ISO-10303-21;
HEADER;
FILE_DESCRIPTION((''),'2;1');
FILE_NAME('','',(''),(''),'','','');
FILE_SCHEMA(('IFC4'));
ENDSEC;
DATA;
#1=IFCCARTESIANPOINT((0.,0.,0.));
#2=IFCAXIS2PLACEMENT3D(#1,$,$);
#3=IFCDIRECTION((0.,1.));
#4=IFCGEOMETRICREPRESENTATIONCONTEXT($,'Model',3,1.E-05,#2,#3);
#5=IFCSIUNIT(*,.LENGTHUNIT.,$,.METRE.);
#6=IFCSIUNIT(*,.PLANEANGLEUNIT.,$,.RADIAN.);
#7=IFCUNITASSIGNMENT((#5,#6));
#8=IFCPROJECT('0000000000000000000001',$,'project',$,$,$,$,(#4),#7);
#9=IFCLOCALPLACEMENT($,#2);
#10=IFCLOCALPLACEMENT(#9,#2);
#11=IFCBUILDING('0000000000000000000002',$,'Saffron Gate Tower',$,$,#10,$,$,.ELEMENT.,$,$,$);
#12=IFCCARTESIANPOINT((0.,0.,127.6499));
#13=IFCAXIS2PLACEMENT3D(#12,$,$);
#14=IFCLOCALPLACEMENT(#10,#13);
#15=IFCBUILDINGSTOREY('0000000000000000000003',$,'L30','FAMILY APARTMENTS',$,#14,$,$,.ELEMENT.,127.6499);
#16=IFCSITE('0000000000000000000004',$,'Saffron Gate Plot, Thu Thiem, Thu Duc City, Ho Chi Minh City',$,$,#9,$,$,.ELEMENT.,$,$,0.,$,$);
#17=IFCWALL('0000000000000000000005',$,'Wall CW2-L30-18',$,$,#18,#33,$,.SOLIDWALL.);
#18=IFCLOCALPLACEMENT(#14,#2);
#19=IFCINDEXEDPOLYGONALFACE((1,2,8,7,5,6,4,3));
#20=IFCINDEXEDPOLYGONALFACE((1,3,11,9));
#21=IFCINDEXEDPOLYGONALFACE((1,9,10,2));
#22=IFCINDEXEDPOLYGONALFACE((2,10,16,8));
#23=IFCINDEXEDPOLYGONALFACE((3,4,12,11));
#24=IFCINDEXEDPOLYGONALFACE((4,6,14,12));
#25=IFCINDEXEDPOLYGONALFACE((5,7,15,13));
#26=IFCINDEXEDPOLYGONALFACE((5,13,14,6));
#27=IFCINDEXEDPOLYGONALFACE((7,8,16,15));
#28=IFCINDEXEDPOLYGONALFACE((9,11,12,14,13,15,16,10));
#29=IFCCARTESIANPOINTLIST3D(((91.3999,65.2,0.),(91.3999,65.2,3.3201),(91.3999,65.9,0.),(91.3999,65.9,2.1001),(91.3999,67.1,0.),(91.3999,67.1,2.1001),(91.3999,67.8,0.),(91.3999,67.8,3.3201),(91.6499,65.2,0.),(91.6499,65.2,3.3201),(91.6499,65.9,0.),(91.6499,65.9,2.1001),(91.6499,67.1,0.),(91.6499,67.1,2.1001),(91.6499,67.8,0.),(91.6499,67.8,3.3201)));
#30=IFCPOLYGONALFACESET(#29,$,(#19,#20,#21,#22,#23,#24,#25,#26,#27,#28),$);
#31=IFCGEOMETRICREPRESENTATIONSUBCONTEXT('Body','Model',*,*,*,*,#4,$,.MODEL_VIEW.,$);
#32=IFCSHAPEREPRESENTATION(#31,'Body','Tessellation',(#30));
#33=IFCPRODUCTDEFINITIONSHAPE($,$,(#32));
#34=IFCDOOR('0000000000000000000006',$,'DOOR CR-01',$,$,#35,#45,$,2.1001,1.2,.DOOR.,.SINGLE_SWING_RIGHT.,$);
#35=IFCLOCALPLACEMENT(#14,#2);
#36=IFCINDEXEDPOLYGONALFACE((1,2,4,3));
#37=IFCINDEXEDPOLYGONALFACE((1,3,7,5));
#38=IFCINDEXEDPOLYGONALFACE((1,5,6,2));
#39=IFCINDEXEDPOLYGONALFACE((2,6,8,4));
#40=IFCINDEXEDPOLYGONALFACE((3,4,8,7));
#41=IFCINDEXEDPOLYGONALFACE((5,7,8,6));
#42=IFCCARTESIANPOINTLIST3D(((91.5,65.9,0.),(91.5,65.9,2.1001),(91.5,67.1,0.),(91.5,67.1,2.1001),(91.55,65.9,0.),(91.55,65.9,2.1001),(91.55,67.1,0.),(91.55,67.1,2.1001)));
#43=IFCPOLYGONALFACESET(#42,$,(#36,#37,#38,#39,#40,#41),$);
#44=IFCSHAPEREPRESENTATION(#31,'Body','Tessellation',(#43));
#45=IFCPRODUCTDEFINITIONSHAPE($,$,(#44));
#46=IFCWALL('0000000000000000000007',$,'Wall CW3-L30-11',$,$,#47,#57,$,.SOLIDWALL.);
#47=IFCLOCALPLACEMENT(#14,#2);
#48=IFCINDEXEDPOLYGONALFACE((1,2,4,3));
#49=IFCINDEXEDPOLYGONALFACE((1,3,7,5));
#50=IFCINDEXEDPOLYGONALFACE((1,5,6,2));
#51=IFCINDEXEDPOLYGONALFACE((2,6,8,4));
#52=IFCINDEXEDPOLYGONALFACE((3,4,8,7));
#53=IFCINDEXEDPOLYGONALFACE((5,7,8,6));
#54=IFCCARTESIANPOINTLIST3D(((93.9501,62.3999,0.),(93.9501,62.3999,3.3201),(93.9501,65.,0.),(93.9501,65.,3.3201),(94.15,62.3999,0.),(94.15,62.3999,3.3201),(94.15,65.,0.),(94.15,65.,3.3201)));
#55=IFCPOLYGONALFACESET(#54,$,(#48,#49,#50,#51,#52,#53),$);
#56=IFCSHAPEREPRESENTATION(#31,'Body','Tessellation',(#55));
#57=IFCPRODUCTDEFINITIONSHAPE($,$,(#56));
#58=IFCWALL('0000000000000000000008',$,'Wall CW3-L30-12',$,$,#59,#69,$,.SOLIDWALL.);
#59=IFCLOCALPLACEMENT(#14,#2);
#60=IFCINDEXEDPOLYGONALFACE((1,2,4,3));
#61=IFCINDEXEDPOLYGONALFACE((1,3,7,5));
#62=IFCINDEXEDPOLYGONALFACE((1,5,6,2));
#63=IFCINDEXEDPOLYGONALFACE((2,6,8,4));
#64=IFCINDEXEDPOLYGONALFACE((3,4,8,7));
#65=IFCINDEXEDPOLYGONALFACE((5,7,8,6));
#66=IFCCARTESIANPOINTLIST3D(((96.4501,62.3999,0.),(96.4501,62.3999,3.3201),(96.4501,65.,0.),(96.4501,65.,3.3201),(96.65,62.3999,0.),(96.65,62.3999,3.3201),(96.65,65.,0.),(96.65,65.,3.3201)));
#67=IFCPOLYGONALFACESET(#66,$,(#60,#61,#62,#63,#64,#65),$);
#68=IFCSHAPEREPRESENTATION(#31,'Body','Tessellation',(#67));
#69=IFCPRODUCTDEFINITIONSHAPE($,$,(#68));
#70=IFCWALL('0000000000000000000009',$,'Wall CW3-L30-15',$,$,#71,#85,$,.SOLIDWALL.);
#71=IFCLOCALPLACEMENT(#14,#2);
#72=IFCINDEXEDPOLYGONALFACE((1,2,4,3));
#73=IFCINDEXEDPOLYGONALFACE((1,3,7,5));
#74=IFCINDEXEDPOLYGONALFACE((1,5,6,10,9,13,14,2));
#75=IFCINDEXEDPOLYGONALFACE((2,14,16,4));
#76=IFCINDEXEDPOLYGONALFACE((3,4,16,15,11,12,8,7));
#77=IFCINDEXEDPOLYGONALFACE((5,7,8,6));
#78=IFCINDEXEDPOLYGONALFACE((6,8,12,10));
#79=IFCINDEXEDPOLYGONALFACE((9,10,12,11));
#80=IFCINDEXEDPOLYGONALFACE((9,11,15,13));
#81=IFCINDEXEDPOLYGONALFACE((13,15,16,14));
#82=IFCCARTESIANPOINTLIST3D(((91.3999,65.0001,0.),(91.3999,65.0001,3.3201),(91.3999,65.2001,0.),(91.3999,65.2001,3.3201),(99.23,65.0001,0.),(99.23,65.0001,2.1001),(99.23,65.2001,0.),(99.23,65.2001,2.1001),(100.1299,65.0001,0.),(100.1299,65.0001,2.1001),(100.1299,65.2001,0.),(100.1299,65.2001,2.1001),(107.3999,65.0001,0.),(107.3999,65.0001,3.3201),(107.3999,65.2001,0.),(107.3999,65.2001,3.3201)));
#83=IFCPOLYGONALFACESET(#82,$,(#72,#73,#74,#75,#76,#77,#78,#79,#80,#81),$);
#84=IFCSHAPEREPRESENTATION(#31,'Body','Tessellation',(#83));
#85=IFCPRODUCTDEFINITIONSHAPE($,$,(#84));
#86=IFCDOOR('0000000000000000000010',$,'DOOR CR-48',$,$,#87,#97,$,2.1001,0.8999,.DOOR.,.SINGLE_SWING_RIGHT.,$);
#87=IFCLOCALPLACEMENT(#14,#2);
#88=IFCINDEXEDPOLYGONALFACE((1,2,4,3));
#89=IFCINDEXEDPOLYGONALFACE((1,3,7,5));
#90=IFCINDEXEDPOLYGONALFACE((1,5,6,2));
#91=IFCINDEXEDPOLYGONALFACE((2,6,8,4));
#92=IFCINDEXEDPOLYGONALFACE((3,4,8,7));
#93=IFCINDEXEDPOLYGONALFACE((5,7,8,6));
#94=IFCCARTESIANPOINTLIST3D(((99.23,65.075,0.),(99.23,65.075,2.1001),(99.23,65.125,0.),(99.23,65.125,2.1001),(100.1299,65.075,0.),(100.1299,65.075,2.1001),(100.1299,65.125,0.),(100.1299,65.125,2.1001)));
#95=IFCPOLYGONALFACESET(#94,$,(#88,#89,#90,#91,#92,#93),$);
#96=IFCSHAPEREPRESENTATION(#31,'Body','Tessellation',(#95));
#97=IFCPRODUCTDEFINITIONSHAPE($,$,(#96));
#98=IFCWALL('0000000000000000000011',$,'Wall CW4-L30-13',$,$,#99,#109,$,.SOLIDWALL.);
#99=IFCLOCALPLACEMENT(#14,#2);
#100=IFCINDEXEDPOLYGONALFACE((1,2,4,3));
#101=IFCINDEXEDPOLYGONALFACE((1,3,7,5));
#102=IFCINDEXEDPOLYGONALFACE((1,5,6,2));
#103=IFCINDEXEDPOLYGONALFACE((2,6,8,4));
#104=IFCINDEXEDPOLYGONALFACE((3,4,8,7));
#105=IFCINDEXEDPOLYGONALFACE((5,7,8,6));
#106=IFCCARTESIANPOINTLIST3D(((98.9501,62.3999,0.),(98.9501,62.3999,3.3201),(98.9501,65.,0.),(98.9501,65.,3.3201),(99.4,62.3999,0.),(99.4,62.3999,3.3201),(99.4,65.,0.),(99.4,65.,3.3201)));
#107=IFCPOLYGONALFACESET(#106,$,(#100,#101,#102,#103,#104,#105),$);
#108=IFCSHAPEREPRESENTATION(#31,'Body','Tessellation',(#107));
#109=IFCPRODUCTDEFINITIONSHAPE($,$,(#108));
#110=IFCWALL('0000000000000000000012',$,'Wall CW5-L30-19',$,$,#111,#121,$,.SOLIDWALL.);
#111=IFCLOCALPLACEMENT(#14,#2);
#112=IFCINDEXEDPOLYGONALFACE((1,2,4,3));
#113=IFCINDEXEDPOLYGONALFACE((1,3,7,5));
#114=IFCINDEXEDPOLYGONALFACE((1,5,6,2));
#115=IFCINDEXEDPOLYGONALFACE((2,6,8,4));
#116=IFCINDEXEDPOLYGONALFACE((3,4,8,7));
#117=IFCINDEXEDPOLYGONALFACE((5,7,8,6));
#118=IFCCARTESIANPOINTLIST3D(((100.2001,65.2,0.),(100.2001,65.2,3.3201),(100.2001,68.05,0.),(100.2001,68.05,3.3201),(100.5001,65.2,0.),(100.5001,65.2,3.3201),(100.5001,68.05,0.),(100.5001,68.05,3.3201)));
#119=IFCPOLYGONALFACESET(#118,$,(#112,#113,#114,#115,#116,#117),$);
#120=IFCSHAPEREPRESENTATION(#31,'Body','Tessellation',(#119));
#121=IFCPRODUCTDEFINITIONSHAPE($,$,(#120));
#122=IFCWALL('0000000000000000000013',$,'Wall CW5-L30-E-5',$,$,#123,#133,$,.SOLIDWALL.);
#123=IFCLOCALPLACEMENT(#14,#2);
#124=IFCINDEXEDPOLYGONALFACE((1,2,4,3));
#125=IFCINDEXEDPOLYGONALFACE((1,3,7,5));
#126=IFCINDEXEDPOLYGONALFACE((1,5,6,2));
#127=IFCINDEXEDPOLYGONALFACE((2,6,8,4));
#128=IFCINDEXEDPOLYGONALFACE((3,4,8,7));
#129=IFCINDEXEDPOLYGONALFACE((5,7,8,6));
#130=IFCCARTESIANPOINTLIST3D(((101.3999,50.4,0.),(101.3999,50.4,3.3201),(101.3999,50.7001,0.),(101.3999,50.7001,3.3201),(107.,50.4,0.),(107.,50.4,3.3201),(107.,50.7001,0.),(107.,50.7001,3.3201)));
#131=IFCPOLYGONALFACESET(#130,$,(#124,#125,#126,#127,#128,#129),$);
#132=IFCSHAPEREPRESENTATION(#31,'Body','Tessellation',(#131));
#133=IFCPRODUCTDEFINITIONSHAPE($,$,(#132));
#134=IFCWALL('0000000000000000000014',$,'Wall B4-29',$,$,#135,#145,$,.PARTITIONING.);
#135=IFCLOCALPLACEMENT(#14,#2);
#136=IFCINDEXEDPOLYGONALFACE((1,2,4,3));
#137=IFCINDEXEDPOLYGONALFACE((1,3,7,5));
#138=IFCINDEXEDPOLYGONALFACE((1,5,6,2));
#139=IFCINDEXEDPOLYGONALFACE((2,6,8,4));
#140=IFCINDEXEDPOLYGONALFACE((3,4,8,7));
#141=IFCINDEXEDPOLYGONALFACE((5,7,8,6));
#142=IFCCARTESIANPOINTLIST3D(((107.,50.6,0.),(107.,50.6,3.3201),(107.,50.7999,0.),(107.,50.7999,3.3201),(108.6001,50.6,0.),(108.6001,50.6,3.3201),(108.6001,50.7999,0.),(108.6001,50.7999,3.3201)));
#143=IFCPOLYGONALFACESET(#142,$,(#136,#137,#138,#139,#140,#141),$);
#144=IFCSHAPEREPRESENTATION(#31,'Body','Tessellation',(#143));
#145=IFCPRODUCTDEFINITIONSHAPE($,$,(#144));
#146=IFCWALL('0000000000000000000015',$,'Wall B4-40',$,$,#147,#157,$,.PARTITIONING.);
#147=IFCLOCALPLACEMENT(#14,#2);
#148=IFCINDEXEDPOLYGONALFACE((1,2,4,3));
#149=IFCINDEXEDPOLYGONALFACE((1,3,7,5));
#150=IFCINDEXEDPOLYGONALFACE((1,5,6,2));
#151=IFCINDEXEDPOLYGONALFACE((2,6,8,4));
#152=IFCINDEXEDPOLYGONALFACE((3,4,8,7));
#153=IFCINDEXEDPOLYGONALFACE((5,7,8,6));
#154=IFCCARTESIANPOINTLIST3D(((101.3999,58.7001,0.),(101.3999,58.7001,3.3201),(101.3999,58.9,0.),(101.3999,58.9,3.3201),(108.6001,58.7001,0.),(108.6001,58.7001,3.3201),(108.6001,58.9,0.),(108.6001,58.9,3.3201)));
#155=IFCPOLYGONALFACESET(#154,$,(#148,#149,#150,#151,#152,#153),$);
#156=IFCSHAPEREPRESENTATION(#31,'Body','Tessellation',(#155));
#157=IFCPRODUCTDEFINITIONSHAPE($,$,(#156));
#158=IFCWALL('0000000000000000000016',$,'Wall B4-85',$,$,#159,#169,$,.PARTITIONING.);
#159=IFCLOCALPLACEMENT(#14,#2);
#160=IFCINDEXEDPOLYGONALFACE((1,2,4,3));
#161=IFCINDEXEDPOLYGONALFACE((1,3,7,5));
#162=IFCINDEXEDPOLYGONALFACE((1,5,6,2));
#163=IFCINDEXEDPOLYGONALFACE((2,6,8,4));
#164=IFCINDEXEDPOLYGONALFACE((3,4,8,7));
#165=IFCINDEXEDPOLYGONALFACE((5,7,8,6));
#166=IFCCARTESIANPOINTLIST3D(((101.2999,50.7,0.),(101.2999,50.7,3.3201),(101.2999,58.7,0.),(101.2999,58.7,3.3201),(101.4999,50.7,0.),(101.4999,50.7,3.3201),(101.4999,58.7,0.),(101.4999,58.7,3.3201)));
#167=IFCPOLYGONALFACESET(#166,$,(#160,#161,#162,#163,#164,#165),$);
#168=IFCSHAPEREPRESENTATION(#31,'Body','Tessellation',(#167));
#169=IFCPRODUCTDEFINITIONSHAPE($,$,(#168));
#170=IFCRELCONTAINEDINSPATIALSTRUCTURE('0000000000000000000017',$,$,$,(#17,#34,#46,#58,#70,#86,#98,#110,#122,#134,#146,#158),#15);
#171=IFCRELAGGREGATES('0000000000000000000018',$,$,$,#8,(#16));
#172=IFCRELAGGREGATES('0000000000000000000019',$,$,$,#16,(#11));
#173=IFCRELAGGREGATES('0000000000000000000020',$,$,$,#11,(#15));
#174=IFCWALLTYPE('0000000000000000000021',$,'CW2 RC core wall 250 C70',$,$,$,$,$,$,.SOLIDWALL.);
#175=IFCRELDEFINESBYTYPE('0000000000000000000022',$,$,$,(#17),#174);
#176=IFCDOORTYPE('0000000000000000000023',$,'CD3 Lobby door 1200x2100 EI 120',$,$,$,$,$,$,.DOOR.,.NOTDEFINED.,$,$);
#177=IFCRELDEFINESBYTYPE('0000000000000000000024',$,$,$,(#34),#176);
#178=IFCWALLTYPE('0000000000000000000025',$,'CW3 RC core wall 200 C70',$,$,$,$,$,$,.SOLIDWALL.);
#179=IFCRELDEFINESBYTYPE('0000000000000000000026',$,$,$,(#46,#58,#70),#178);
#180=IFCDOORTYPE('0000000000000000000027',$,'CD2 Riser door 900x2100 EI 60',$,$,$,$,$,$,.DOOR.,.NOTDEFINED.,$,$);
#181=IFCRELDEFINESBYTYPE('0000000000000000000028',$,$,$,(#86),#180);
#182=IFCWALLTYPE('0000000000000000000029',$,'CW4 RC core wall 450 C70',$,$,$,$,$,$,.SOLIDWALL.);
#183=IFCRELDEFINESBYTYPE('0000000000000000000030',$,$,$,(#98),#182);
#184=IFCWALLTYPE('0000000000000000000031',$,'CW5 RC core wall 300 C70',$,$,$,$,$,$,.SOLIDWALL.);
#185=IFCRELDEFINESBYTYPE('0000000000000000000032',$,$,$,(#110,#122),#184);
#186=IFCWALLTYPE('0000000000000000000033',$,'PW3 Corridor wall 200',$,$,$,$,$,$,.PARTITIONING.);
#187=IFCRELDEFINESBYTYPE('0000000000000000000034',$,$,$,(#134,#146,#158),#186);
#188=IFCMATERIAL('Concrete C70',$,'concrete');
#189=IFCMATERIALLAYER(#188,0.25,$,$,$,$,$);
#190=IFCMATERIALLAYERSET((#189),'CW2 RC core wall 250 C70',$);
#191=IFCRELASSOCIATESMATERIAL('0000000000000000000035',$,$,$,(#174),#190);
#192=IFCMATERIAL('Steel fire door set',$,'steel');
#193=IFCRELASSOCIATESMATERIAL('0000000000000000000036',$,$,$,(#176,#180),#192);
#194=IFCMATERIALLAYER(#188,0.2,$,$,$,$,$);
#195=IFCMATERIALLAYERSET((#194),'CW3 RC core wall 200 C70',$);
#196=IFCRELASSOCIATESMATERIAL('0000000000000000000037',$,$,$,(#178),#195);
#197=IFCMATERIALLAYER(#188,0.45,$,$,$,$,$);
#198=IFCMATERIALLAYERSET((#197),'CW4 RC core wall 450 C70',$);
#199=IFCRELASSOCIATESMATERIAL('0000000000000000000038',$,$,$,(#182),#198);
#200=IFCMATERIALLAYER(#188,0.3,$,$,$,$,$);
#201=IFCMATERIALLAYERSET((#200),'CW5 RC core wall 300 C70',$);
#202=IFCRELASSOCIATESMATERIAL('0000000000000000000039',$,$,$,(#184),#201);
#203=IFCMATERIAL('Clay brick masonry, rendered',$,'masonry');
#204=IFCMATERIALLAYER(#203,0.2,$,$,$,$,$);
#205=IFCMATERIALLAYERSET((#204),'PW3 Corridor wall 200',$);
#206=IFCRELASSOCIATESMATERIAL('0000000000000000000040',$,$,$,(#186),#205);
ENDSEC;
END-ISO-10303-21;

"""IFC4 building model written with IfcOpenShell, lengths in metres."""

from ifc_helpers import new_model, si_unit, direction, frame, frame_2d, origin, place, context, subcontext, project, spatial, rectangle, extrude, material, layer, layer_set, type_object, element, fill, save


model = new_model("IFC4")

# Units and contexts
model_context = context("Model", 3, precision=1e-05, world=origin(), true_north=direction((0.0, 1.0)))
body_context = subcontext(model_context, "Body", "Model", "MODEL_VIEW")
ifc_project = project(units=[si_unit("LENGTHUNIT", "METRE"), si_unit("PLANEANGLEUNIT", "RADIAN")], contexts=[model_context])

# Site, building, storey
site_placement = place(None, origin())
site = spatial("IfcSite", under=ifc_project, at=site_placement, Name="Saffron Gate Plot, Thu Thiem, Thu Duc City, Ho Chi Minh City", CompositionType="ELEMENT", RefElevation=0.0)
building_placement = place(site_placement, origin())
building = spatial("IfcBuilding", under=site, at=building_placement, Name="Saffron Gate Tower", CompositionType="ELEMENT")
storey_placement = place(building_placement, frame((0.0, 0.0, 127.6499)))
storey = spatial("IfcBuildingStorey", under=building, at=storey_placement, Name="L30", Description="FAMILY APARTMENTS", CompositionType="ELEMENT", Elevation=127.6499)

# Shared definitions
ifc_material_1 = material(Name="Concrete C70", Category="concrete")
ifc_material_2 = material(Name="Steel fire door set", Category="steel")

# Shared definitions
ifc_layer_1 = layer(ifc_material_1, 0.25)
ifc_layer_set_1 = layer_set([ifc_layer_1], Name="CW2 RC core wall 250 C70")
wall_type_1 = type_object("IfcWallType", Name="CW2 RC core wall 250 C70", PredefinedType="SOLIDWALL", material=ifc_layer_set_1)

# Wall, opening, door
door_type_1 = type_object("IfcDoorType", Name="CD3 Lobby door 1200x2100 EI 120", OperationType="NOTDEFINED", PredefinedType="DOOR", material=ifc_material_2)
wall_1_placement = place(storey_placement, frame((91.5249, 65.2, 0.0), z_axis=(0.0, 0.0, 1.0), x_axis=(0.0, 1.0, 0.0)))
wall_1 = element("IfcWall", 1, at=wall_1_placement, inside=storey, type_object=wall_type_1, Name="Wall CW2-L30-18", PredefinedType="SOLIDWALL", context=body_context, shape_type="SweptSolid", body=[
    extrude(rectangle(XDim=2.6001, YDim=0.25, at=frame_2d((1.3, 0.0))), origin(), (0.0, 0.0, 1.0), 3.3201),
])
opening_1_placement = place(wall_1_placement, frame((0.7, 0.0, 0.0)))
opening_1 = element("IfcOpeningElement", 2, at=opening_1_placement, cuts=wall_1, PredefinedType="OPENING", context=body_context, shape_type="SweptSolid", body=[
    extrude(rectangle(XDim=1.2, YDim=2.1001, at=frame_2d((0.6001, 1.05))), frame((0.0, 0.135, 0.0), z_axis=(0.0, -1.0, 0.0), x_axis=(1.0, 0.0, 0.0)), (0.0, 0.0, 1.0), 0.27),
])
door_1_placement = place(opening_1_placement, origin())
door_1 = element("IfcDoor", 3, at=door_1_placement, inside=storey, type_object=door_type_1, Name="DOOR CR-01", OperationType="SINGLE_SWING_RIGHT", OverallHeight=2.1001, OverallWidth=1.2, PredefinedType="DOOR", context=body_context, shape_type="SweptSolid", body=[
    extrude(rectangle(XDim=1.2, YDim=2.1001, at=frame_2d((0.6001, 1.05))), frame((0.0, 0.0249, 0.0), z_axis=(0.0, -1.0, 0.0), x_axis=(1.0, 0.0, 0.0)), (0.0, 0.0, 1.0), 0.05),
])
fill(opening_1, door_1)

# Walls
ifc_layer_2 = layer(ifc_material_1, 0.2)
ifc_layer_set_2 = layer_set([ifc_layer_2], Name="CW3 RC core wall 200 C70")
wall_type_2 = type_object("IfcWallType", Name="CW3 RC core wall 200 C70", PredefinedType="SOLIDWALL", material=ifc_layer_set_2)
for number, where, z_axis, x_axis, name in (
    (4, (94.05, 62.3999, 0.0), (0.0, 0.0, 1.0), (0.0, 1.0, 0.0), "Wall CW3-L30-11"),
    (5, (96.55, 62.3999, 0.0), (0.0, 0.0, 1.0), (0.0, 1.0, 0.0), "Wall CW3-L30-12"),
):
    element("IfcWall", number, at=place(storey_placement, frame(where, z_axis=z_axis, x_axis=x_axis)), inside=storey, type_object=wall_type_2, Name=name, PredefinedType="SOLIDWALL", context=body_context, shape_type="SweptSolid", body=[
        extrude(rectangle(XDim=2.6001, YDim=0.2, at=frame_2d((1.3, 0.0))), origin(), (0.0, 0.0, 1.0), 3.3201),
    ])

# Wall, opening, door
wall_2_placement = place(storey_placement, frame((91.3999, 65.1001, 0.0), z_axis=(0.0, 0.0, 1.0), x_axis=(1.0, 0.0, 0.0)))
wall_2 = element("IfcWall", 6, at=wall_2_placement, inside=storey, type_object=wall_type_2, Name="Wall CW3-L30-15", PredefinedType="SOLIDWALL", context=body_context, shape_type="SweptSolid", body=[
    extrude(rectangle(XDim=16.0, YDim=0.2, at=frame_2d((8.0, 0.0))), origin(), (0.0, 0.0, 1.0), 3.3201),
])
opening_2_placement = place(wall_2_placement, frame((7.8301, 0.0, 0.0)))
opening_2 = element("IfcOpeningElement", 7, at=opening_2_placement, cuts=wall_2, PredefinedType="OPENING", context=body_context, shape_type="SweptSolid", body=[
    extrude(rectangle(XDim=0.8999, YDim=2.1001, at=frame_2d((0.45, 1.05))), frame((0.0, 0.1099, 0.0), z_axis=(0.0, -1.0, 0.0), x_axis=(1.0, 0.0, 0.0)), (0.0, 0.0, 1.0), 0.22),
])
door_type_2 = type_object("IfcDoorType", Name="CD2 Riser door 900x2100 EI 60", OperationType="NOTDEFINED", PredefinedType="DOOR", material=ifc_material_2)
door_2_placement = place(opening_2_placement, origin())
door_2 = element("IfcDoor", 8, at=door_2_placement, inside=storey, type_object=door_type_2, Name="DOOR CR-48", OperationType="SINGLE_SWING_RIGHT", OverallHeight=2.1001, OverallWidth=0.8999, PredefinedType="DOOR", context=body_context, shape_type="SweptSolid", body=[
    extrude(rectangle(XDim=0.8999, YDim=2.1001, at=frame_2d((0.45, 1.05))), frame((0.0, 0.0249, 0.0), z_axis=(0.0, -1.0, 0.0), x_axis=(1.0, 0.0, 0.0)), (0.0, 0.0, 1.0), 0.05),
])
fill(opening_2, door_2)

# Walls
ifc_layer_3 = layer(ifc_material_1, 0.45)
ifc_layer_set_3 = layer_set([ifc_layer_3], Name="CW4 RC core wall 450 C70")
wall_type_3 = type_object("IfcWallType", Name="CW4 RC core wall 450 C70", PredefinedType="SOLIDWALL", material=ifc_layer_set_3)
wall_3_placement = place(storey_placement, frame((99.175, 62.3999, 0.0), z_axis=(0.0, 0.0, 1.0), x_axis=(0.0, 1.0, 0.0)))
element("IfcWall", 9, at=wall_3_placement, inside=storey, type_object=wall_type_3, Name="Wall CW4-L30-13", PredefinedType="SOLIDWALL", context=body_context, shape_type="SweptSolid", body=[
    extrude(rectangle(XDim=2.6001, YDim=0.45, at=frame_2d((1.3, 0.0))), origin(), (0.0, 0.0, 1.0), 3.3201),
])
ifc_layer_4 = layer(ifc_material_1, 0.3)
ifc_layer_set_4 = layer_set([ifc_layer_4], Name="CW5 RC core wall 300 C70")
wall_type_4 = type_object("IfcWallType", Name="CW5 RC core wall 300 C70", PredefinedType="SOLIDWALL", material=ifc_layer_set_4)
wall_4_placement = place(storey_placement, frame((100.3501, 65.2, 0.0), z_axis=(0.0, 0.0, 1.0), x_axis=(0.0, 1.0, 0.0)))
element("IfcWall", 10, at=wall_4_placement, inside=storey, type_object=wall_type_4, Name="Wall CW5-L30-19", PredefinedType="SOLIDWALL", context=body_context, shape_type="SweptSolid", body=[
    extrude(rectangle(XDim=2.8501, YDim=0.3, at=frame_2d((1.425, 0.0))), origin(), (0.0, 0.0, 1.0), 3.3201),
])
wall_5_placement = place(storey_placement, frame((101.3999, 50.55, 0.0), z_axis=(0.0, 0.0, 1.0), x_axis=(1.0, 0.0, 0.0)))
element("IfcWall", 11, at=wall_5_placement, inside=storey, type_object=wall_type_4, Name="Wall CW5-L30-E-5", PredefinedType="SOLIDWALL", context=body_context, shape_type="SweptSolid", body=[
    extrude(rectangle(XDim=5.6001, YDim=0.3, at=frame_2d((2.8, 0.0))), origin(), (0.0, 0.0, 1.0), 3.3201),
])
ifc_material_3 = material(Name="Clay brick masonry, rendered", Category="masonry")
ifc_layer_5 = layer(ifc_material_3, 0.2)
ifc_layer_set_5 = layer_set([ifc_layer_5], Name="PW3 Corridor wall 200")
wall_type_5 = type_object("IfcWallType", Name="PW3 Corridor wall 200", PredefinedType="PARTITIONING", material=ifc_layer_set_5)
wall_6_placement = place(storey_placement, frame((107.0, 50.7, 0.0), z_axis=(0.0, 0.0, 1.0), x_axis=(1.0, 0.0, 0.0)))
element("IfcWall", 12, at=wall_6_placement, inside=storey, type_object=wall_type_5, Name="Wall B4-29", PredefinedType="PARTITIONING", context=body_context, shape_type="SweptSolid", body=[
    extrude(rectangle(XDim=1.6001, YDim=0.2, at=frame_2d((0.8, 0.0))), origin(), (0.0, 0.0, 1.0), 3.3201),
])
wall_7_placement = place(storey_placement, frame((101.3999, 58.8, 0.0), z_axis=(0.0, 0.0, 1.0), x_axis=(1.0, 0.0, 0.0)))
element("IfcWall", 13, at=wall_7_placement, inside=storey, type_object=wall_type_5, Name="Wall B4-40", PredefinedType="PARTITIONING", context=body_context, shape_type="SweptSolid", body=[
    extrude(rectangle(XDim=7.2002, YDim=0.2, at=frame_2d((3.6001, 0.0))), origin(), (0.0, 0.0, 1.0), 3.3201),
])
wall_8_placement = place(storey_placement, frame((101.3999, 58.7, 0.0), z_axis=(0.0, 0.0, 1.0), x_axis=(0.0, -1.0, 0.0)))
element("IfcWall", 14, at=wall_8_placement, inside=storey, type_object=wall_type_5, Name="Wall B4-85", PredefinedType="PARTITIONING", context=body_context, shape_type="SweptSolid", body=[
    extrude(rectangle(XDim=8.0, YDim=0.2, at=frame_2d((4.0, 0.0))), origin(), (0.0, 0.0, 1.0), 3.3201),
])

save(model, "model.ifc")
